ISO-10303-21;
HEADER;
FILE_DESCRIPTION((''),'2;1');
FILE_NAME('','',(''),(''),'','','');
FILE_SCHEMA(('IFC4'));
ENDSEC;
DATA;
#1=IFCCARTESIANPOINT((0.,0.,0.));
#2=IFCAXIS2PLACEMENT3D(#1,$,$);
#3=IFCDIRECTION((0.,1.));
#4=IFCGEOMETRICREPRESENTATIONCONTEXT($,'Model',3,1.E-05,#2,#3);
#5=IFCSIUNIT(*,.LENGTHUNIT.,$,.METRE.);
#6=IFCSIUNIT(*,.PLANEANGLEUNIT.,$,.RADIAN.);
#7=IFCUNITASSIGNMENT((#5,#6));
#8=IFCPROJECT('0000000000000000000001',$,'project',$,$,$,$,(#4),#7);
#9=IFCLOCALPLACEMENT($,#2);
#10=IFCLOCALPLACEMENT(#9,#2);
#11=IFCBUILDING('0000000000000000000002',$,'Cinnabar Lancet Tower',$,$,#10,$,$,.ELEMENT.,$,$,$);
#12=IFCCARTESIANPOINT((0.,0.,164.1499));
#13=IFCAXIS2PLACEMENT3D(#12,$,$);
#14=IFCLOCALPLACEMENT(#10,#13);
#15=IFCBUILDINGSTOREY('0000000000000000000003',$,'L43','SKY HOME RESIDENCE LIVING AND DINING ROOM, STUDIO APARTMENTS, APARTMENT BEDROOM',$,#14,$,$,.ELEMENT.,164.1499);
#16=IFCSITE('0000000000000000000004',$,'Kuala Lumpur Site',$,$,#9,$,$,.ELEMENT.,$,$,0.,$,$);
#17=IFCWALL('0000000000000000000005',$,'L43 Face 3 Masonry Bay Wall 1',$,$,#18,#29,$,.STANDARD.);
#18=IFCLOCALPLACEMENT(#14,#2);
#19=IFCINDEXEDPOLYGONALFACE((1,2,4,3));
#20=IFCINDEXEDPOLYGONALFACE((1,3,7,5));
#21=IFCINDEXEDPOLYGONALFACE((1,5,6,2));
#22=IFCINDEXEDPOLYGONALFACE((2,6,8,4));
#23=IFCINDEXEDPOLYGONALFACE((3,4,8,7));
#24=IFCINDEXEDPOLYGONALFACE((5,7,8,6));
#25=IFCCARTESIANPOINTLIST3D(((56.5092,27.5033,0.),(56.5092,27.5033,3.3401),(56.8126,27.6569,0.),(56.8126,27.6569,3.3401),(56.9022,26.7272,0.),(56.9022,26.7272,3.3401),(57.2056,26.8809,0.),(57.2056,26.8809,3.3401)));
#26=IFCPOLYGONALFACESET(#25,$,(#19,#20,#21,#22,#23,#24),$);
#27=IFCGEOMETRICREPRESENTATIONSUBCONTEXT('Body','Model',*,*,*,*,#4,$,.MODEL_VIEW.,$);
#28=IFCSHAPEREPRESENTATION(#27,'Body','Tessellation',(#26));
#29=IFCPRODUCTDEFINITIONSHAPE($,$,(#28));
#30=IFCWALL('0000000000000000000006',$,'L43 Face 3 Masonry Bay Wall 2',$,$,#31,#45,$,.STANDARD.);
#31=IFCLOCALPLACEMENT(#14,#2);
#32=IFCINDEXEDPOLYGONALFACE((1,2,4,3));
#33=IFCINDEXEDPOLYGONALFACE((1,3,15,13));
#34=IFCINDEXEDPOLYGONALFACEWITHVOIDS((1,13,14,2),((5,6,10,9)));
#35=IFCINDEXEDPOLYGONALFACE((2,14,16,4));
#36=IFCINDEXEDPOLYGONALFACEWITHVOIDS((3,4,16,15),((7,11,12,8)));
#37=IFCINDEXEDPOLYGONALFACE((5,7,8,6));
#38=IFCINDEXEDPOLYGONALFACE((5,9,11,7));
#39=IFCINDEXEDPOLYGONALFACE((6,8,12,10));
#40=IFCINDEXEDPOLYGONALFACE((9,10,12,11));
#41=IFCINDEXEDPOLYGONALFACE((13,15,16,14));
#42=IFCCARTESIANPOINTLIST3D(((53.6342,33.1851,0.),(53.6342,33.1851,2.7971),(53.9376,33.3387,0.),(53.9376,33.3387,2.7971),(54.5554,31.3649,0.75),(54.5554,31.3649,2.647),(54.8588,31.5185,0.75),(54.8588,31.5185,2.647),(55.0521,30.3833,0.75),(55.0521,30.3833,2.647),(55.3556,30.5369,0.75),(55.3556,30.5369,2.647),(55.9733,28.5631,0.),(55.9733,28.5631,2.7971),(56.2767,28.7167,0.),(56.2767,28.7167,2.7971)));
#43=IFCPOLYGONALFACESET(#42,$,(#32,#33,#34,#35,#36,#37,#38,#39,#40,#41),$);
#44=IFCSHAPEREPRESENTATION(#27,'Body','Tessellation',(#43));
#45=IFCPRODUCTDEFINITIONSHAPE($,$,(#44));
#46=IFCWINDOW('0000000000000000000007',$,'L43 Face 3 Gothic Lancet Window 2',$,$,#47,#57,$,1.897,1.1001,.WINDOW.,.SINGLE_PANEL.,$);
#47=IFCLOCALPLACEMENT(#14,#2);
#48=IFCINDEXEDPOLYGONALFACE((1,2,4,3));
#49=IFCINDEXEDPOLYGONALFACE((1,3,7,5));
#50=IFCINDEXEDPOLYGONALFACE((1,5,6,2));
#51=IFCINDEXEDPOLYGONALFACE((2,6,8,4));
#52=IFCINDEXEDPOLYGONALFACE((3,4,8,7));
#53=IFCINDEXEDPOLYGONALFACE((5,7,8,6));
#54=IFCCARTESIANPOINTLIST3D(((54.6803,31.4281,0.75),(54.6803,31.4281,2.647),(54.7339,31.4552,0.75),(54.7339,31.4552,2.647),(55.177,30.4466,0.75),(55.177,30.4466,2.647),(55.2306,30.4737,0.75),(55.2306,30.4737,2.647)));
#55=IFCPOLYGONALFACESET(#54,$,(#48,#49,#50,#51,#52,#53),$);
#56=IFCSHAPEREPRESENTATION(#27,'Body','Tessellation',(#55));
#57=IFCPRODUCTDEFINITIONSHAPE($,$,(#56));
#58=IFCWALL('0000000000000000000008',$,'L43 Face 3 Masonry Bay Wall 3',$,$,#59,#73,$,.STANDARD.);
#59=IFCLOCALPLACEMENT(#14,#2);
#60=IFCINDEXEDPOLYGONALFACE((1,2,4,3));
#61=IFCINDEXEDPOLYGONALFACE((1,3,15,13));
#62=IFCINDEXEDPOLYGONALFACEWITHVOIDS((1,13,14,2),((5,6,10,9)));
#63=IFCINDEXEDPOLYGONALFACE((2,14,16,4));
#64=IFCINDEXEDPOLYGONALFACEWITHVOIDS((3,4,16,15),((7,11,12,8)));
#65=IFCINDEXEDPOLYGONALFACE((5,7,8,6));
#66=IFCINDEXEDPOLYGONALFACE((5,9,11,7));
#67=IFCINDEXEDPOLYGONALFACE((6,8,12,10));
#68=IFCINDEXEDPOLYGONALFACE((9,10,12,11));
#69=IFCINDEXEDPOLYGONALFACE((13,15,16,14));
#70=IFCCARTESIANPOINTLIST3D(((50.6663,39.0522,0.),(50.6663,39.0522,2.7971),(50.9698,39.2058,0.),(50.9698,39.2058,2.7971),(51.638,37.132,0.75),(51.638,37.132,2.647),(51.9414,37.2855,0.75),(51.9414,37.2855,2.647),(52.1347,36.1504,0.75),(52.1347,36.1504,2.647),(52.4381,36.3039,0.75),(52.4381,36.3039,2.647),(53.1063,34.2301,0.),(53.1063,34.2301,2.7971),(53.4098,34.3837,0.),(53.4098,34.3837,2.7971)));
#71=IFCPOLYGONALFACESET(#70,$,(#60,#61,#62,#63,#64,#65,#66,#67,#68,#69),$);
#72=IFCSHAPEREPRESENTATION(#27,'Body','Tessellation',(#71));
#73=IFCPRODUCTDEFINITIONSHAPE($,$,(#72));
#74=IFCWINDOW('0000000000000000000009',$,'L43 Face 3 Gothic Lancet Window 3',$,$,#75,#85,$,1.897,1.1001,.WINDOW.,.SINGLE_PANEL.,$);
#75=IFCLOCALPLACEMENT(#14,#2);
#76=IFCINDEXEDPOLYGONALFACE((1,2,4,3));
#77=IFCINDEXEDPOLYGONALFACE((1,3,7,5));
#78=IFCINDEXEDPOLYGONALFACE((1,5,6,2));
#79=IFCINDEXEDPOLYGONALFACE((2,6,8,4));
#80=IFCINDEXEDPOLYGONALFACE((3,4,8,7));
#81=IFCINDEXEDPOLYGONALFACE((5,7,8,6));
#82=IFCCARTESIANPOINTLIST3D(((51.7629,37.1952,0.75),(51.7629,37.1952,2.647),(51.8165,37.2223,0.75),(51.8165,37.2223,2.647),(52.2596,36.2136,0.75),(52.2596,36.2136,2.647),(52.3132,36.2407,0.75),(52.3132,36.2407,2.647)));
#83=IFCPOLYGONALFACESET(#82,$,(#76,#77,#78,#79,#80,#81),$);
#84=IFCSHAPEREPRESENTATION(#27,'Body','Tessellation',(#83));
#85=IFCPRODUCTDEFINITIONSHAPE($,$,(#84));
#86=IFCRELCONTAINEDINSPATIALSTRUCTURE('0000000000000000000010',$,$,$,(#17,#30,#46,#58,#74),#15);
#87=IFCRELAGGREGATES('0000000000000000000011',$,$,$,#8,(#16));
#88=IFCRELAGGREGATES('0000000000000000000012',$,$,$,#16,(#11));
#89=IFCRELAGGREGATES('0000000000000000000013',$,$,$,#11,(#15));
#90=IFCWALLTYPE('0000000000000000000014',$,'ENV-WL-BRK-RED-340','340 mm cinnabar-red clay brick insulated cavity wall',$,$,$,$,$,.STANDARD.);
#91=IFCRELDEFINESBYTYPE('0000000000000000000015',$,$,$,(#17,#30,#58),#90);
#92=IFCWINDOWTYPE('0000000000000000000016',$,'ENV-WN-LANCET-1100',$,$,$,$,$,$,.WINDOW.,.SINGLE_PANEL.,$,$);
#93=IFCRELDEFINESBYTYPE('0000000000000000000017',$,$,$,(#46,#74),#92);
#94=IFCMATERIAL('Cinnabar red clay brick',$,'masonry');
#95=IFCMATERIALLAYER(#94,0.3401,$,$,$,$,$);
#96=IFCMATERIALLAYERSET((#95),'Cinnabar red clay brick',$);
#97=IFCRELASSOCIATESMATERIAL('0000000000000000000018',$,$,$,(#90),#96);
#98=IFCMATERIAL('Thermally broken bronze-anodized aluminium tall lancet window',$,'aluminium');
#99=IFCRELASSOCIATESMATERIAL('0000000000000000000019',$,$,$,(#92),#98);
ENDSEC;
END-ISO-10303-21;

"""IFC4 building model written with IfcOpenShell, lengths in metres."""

from ifc_helpers import new_model, si_unit, direction, frame, frame_2d, origin, place, context, subcontext, project, spatial, rectangle, extrude, material, layer, layer_set, type_object, element, fill, save


model = new_model("IFC4")

# Units and contexts
model_context = context("Model", 3, precision=1e-05, world=origin(), true_north=direction((0.0, 1.0)))
body_context = subcontext(model_context, "Body", "Model", "MODEL_VIEW")
ifc_project = project(units=[si_unit("LENGTHUNIT", "METRE"), si_unit("PLANEANGLEUNIT", "RADIAN")], contexts=[model_context])

# Site, building, storey
site_placement = place(None, origin())
site = spatial("IfcSite", under=ifc_project, at=site_placement, Name="Kuala Lumpur Site", CompositionType="ELEMENT", RefElevation=0.0)
building_placement = place(site_placement, origin())
building = spatial("IfcBuilding", under=site, at=building_placement, Name="Cinnabar Lancet Tower", CompositionType="ELEMENT")
storey_placement = place(building_placement, frame((0.0, 0.0, 164.1499)))
storey = spatial("IfcBuildingStorey", under=building, at=storey_placement, Name="L43", Description="SKY HOME RESIDENCE LIVING AND DINING ROOM, STUDIO APARTMENTS, APARTMENT BEDROOM", CompositionType="ELEMENT", Elevation=164.1499)

# Wall
ifc_material_1 = material(Name="Cinnabar red clay brick", Category="masonry")
ifc_layer_1 = layer(ifc_material_1, 0.3401)
ifc_layer_set_1 = layer_set([ifc_layer_1], Name="Cinnabar red clay brick")
wall_type_1 = type_object("IfcWallType", Name="ENV-WL-BRK-RED-340", Description="340 mm cinnabar-red clay brick insulated cavity wall", PredefinedType="STANDARD", material=ifc_layer_set_1)
wall_1_placement = place(storey_placement, frame((57.054, 26.804, 0.0), z_axis=(0.0, 0.0, 1.0), x_axis=(-0.45181, 0.892114, 0.0)))
element("IfcWall", 1, at=wall_1_placement, inside=storey, type_object=wall_type_1, Name="L43 Face 3 Masonry Bay Wall 1", PredefinedType="STANDARD", context=body_context, shape_type="SweptSolid", body=[
    extrude(rectangle(XDim=0.8699, YDim=0.3401, at=frame_2d((0.4351, 0.0))), origin(), (0.0, 0.0, 1.0), 3.3401),
])

# Walls, openings, windows
wall_2_placement = place(storey_placement, frame((56.125, 28.6399, 0.0), z_axis=(0.0, 0.0, 1.0), x_axis=(-0.451544, 0.892249, 0.0)))
wall_2 = element("IfcWall", 2, at=wall_2_placement, inside=storey, type_object=wall_type_1, Name="L43 Face 3 Masonry Bay Wall 2", PredefinedType="STANDARD", context=body_context, shape_type="SweptSolid", body=[
    extrude(rectangle(XDim=5.1802, YDim=0.3401, at=frame_2d((2.5901, 0.0))), origin(), (0.0, 0.0, 1.0), 2.7971),
])
opening_1_placement = place(wall_2_placement, frame((2.04, 0.0, 0.75)))
opening_1 = element("IfcOpeningElement", 3, at=opening_1_placement, cuts=wall_2, PredefinedType="OPENING", context=body_context, shape_type="SweptSolid", body=[
    extrude(rectangle(XDim=1.1001, YDim=1.897, at=frame_2d((0.55, 0.9485))), frame((0.0, 0.1799, 0.0), z_axis=(0.0, -1.0, 0.0), x_axis=(1.0, 0.0, 0.0)), (0.0, 0.0, 1.0), 0.3601),
])
ifc_material_2 = material(Name="Thermally broken bronze-anodized aluminium tall lancet window", Category="aluminium")
window_type = type_object("IfcWindowType", Name="ENV-WN-LANCET-1100", PartitioningType="SINGLE_PANEL", PredefinedType="WINDOW", material=ifc_material_2)
window_1_placement = place(opening_1_placement, origin())
window_1 = element("IfcWindow", 4, at=window_1_placement, inside=storey, type_object=window_type, Name="L43 Face 3 Gothic Lancet Window 2", OverallHeight=1.897, OverallWidth=1.1001, PartitioningType="SINGLE_PANEL", PredefinedType="WINDOW", context=body_context, shape_type="SweptSolid", body=[
    extrude(rectangle(XDim=1.1001, YDim=1.897, at=frame_2d((0.55, 0.9485))), frame((0.0, 0.03, 0.0), z_axis=(0.0, -1.0, 0.0), x_axis=(1.0, 0.0, 0.0)), (0.0, 0.0, 1.0), 0.0601),
])
fill(opening_1, window_1)
wall_3_placement = place(storey_placement, frame((53.2581, 34.3069, 0.0), z_axis=(0.0, 0.0, 1.0), x_axis=(-0.451491, 0.892276, 0.0)))
wall_3 = element("IfcWall", 5, at=wall_3_placement, inside=storey, type_object=wall_type_1, Name="L43 Face 3 Masonry Bay Wall 3", PredefinedType="STANDARD", context=body_context, shape_type="SweptSolid", body=[
    extrude(rectangle(XDim=5.4043, YDim=0.3401, at=frame_2d((2.7021, 0.0))), origin(), (0.0, 0.0, 1.0), 2.7971),
])
opening_2_placement = place(wall_3_placement, frame((2.1521, 0.0, 0.75)))
opening_2 = element("IfcOpeningElement", 6, at=opening_2_placement, cuts=wall_3, PredefinedType="OPENING", context=body_context, shape_type="SweptSolid", body=[
    extrude(rectangle(XDim=1.1001, YDim=1.897, at=frame_2d((0.55, 0.9485))), frame((0.0, 0.1799, 0.0), z_axis=(0.0, -1.0, 0.0), x_axis=(1.0, 0.0, 0.0)), (0.0, 0.0, 1.0), 0.3601),
])
window_2_placement = place(opening_2_placement, origin())
window_2 = element("IfcWindow", 7, at=window_2_placement, inside=storey, type_object=window_type, Name="L43 Face 3 Gothic Lancet Window 3", OverallHeight=1.897, OverallWidth=1.1001, PartitioningType="SINGLE_PANEL", PredefinedType="WINDOW", context=body_context, shape_type="SweptSolid", body=[
    extrude(rectangle(XDim=1.1001, YDim=1.897, at=frame_2d((0.55, 0.9485))), frame((0.0, 0.03, 0.0), z_axis=(0.0, -1.0, 0.0), x_axis=(1.0, 0.0, 0.0)), (0.0, 0.0, 1.0), 0.0601),
])
fill(opening_2, window_2)

save(model, "model.ifc")
